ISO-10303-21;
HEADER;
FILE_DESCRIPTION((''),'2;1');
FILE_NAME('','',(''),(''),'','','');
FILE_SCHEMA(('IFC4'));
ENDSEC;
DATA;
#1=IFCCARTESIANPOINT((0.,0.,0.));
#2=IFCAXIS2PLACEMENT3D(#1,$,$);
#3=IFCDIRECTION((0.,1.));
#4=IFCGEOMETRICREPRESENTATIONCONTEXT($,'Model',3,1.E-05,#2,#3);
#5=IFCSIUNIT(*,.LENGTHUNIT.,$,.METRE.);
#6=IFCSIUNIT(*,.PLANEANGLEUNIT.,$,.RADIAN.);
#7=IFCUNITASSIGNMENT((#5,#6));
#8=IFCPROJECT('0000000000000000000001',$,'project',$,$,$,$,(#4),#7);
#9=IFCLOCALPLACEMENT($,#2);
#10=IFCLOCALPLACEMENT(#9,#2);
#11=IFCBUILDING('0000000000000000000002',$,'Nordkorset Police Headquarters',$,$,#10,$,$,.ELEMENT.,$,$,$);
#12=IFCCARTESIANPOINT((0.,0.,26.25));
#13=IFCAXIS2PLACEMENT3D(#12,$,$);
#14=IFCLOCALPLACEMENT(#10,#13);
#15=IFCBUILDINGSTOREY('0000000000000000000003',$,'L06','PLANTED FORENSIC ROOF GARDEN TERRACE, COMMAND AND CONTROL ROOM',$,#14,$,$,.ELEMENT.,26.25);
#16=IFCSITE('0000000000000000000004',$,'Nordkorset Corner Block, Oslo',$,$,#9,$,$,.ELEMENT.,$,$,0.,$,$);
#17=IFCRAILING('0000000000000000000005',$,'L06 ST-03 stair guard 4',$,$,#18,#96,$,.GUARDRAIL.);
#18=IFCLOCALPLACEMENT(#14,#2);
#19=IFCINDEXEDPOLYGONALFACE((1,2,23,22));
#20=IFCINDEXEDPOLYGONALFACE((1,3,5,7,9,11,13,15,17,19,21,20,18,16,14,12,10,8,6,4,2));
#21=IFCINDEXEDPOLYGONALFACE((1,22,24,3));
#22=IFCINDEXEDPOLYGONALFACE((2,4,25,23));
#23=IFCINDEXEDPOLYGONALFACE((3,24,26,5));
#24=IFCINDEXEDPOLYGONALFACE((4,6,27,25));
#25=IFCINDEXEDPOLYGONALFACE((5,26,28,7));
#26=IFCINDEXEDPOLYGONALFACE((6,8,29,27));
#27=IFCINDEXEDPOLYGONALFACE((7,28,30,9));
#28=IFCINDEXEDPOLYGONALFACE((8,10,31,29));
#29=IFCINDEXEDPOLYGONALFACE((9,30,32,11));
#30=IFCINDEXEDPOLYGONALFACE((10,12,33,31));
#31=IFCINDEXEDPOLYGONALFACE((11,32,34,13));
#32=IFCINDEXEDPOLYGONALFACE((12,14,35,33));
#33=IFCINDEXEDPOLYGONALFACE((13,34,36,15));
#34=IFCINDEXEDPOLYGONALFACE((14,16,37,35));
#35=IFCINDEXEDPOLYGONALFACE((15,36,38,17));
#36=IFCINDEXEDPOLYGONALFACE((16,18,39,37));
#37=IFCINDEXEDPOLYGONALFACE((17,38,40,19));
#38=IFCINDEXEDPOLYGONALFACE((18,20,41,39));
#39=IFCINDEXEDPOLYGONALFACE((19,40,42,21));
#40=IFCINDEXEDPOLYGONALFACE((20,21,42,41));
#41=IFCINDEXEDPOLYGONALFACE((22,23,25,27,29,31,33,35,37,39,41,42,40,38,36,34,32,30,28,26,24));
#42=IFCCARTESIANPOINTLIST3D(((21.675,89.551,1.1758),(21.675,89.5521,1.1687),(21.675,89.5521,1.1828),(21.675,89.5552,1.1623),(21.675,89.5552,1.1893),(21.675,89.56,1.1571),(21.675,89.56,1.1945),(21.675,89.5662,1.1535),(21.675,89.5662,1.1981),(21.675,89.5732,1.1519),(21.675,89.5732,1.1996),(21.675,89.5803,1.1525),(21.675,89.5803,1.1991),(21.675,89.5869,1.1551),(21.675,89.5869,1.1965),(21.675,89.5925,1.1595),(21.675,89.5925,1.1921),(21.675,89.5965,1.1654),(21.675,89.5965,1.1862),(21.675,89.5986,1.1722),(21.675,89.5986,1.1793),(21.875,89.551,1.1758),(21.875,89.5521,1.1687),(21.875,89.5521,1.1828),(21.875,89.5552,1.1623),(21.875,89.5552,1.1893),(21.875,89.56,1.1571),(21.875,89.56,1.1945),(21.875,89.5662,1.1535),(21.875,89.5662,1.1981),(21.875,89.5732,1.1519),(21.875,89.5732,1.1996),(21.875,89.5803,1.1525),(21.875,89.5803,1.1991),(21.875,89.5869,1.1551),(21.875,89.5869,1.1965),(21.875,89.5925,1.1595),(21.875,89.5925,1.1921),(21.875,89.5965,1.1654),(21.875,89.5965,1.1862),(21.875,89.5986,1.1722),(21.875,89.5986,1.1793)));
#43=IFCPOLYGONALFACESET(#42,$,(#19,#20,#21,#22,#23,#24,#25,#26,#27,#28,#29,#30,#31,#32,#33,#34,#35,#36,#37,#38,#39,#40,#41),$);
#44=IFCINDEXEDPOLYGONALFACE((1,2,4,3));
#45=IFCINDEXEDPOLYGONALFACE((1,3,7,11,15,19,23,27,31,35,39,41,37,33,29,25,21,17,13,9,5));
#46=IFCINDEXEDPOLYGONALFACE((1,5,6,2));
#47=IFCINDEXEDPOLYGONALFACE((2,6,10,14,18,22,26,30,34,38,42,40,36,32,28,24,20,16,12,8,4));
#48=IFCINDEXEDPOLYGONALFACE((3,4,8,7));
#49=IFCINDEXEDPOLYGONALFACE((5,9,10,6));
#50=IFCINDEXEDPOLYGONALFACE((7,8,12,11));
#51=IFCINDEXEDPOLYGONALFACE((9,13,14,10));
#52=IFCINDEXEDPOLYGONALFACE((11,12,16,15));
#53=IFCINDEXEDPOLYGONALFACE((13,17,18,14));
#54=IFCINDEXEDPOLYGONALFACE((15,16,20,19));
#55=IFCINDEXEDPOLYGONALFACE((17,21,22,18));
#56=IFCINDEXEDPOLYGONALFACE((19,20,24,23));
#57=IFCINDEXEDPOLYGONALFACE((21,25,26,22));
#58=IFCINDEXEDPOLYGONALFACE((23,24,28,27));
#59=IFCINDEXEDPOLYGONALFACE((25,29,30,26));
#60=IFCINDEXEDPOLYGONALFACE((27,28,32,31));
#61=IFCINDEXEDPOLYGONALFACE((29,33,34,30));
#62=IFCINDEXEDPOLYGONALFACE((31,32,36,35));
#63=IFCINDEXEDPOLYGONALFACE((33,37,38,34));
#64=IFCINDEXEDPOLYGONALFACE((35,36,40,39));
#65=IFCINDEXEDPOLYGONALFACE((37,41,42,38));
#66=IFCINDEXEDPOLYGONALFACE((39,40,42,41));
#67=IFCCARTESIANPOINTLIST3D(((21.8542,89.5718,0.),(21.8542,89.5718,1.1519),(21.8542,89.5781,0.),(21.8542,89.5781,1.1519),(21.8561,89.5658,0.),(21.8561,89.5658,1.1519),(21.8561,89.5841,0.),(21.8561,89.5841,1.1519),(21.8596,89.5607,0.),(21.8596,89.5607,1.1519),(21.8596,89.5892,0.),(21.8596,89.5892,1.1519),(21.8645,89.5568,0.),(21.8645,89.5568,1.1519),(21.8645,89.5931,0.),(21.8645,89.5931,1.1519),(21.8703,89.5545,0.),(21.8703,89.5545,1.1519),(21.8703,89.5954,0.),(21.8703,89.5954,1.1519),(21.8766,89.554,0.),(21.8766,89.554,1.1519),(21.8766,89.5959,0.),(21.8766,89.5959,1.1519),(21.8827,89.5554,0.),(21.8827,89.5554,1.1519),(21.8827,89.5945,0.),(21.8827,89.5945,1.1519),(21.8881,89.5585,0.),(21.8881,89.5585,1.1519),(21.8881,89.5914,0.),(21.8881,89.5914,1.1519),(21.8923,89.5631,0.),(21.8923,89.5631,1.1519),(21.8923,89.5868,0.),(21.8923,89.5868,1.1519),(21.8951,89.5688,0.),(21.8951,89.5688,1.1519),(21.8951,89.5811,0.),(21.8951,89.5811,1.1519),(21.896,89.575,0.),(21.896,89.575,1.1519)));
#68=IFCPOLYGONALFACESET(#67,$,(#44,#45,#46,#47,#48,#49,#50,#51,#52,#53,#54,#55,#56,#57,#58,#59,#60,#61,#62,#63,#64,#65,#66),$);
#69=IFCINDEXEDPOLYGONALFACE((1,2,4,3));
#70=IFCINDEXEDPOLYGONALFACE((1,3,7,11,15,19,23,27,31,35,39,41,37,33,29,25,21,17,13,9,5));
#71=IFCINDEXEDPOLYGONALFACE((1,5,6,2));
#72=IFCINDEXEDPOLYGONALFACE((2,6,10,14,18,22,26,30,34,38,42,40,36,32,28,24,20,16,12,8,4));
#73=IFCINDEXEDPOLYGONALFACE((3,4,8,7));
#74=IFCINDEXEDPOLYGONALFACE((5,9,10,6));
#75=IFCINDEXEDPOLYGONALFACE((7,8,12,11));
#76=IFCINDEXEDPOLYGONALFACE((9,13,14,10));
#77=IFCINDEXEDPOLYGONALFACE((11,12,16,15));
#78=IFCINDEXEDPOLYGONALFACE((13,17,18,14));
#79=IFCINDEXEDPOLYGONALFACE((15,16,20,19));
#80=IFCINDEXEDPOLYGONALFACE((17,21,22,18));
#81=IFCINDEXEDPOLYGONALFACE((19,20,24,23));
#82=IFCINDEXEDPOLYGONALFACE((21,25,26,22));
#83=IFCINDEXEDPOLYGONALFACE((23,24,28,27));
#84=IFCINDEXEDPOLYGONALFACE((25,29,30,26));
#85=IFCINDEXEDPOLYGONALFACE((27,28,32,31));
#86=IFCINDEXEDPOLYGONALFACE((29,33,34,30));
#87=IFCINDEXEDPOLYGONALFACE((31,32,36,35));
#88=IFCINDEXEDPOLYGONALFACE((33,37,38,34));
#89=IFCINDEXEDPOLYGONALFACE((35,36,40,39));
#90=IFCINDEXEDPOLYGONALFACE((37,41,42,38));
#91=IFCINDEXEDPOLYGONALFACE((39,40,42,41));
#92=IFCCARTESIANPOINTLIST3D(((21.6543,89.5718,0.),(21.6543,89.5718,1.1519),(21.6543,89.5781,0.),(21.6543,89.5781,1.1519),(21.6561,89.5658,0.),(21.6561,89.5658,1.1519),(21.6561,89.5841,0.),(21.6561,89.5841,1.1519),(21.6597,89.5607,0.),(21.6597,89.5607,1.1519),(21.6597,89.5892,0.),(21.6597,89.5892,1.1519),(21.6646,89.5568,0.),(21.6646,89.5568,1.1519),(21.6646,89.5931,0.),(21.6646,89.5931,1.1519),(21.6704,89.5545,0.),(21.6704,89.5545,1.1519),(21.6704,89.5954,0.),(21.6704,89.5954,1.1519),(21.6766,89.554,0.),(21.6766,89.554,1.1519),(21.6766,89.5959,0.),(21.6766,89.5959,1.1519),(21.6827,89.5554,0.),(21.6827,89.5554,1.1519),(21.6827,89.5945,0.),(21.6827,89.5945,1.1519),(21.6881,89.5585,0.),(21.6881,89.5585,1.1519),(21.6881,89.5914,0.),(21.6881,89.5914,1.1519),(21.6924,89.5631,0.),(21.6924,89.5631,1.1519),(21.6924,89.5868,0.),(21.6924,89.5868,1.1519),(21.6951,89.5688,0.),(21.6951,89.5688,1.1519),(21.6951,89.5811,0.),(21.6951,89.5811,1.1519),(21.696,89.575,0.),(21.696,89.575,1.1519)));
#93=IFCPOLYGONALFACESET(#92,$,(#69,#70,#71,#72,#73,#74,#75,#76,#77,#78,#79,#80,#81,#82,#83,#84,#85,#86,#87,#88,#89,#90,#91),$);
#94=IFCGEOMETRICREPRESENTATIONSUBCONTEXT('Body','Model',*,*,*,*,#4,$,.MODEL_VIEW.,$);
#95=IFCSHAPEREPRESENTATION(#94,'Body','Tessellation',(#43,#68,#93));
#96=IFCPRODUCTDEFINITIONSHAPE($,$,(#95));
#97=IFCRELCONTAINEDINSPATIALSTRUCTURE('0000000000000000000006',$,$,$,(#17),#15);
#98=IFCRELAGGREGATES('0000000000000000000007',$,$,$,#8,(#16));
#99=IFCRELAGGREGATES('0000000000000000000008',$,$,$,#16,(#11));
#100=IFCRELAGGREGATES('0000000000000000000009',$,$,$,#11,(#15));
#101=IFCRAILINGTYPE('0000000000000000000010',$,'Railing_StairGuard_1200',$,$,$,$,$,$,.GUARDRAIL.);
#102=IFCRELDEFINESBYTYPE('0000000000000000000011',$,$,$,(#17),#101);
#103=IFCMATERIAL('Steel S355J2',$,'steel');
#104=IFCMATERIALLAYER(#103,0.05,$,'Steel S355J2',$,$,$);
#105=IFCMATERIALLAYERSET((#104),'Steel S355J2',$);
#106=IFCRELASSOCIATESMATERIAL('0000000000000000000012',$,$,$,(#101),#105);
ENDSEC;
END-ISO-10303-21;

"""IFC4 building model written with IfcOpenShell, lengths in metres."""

from ifc_helpers import new_model, si_unit, direction, frame, origin, origin_2d, place, context, subcontext, project, spatial, circle, extrude, material, layer, layer_set, type_object, element, save


model = new_model("IFC4")

# Units and contexts
model_context = context("Model", 3, precision=1e-05, world=origin(), true_north=direction((0.0, 1.0)))
body_context = subcontext(model_context, "Body", "Model", "MODEL_VIEW")
ifc_project = project(units=[si_unit("LENGTHUNIT", "METRE"), si_unit("PLANEANGLEUNIT", "RADIAN")], contexts=[model_context])

# Site, building, storey
site_placement = place(None, origin())
site = spatial("IfcSite", under=ifc_project, at=site_placement, Name="Nordkorset Corner Block, Oslo", CompositionType="ELEMENT", RefElevation=0.0)
building_placement = place(site_placement, origin())
building = spatial("IfcBuilding", under=site, at=building_placement, Name="Nordkorset Police Headquarters", CompositionType="ELEMENT")
storey_placement = place(building_placement, frame((0.0, 0.0, 26.25)))
storey = spatial("IfcBuildingStorey", under=building, at=storey_placement, Name="L06", Description="PLANTED FORENSIC ROOF GARDEN TERRACE, COMMAND AND CONTROL ROOM", CompositionType="ELEMENT", Elevation=26.25)

# Railing
ifc_material_1 = material(Name="Steel S355J2", Category="steel")
ifc_layer_1 = layer(ifc_material_1, 0.05, Name="Steel S355J2")
ifc_layer_set_1 = layer_set([ifc_layer_1], Name="Steel S355J2")
railing_type = type_object("IfcRailingType", Name="Railing_StairGuard_1200", PredefinedType="GUARDRAIL", material=ifc_layer_set_1)
railing_1_placement = place(storey_placement, frame((21.875, 89.575, 0.0)))
element("IfcRailing", 1, at=railing_1_placement, inside=storey, type_object=railing_type, Name="L06 ST-03 stair guard 4", PredefinedType="GUARDRAIL", context=body_context, shape_type="SweptSolid", body=[
    extrude(circle(Radius=0.0239, at=origin_2d()), frame((0.0, 0.0, 1.1758), z_axis=(-1.0, 0.0, 0.0), x_axis=(0.0, -1.0, 0.0)), (0.0, 0.0, 1.0), 0.2),
    extrude(circle(Radius=0.021, at=origin_2d()), origin(), (0.0, 0.0, 1.0), 1.1519),
    extrude(circle(Radius=0.021, at=origin_2d()), frame((-0.2, 0.0, 0.0)), (0.0, 0.0, 1.0), 1.1519),
])

save(model, "model.ifc")
